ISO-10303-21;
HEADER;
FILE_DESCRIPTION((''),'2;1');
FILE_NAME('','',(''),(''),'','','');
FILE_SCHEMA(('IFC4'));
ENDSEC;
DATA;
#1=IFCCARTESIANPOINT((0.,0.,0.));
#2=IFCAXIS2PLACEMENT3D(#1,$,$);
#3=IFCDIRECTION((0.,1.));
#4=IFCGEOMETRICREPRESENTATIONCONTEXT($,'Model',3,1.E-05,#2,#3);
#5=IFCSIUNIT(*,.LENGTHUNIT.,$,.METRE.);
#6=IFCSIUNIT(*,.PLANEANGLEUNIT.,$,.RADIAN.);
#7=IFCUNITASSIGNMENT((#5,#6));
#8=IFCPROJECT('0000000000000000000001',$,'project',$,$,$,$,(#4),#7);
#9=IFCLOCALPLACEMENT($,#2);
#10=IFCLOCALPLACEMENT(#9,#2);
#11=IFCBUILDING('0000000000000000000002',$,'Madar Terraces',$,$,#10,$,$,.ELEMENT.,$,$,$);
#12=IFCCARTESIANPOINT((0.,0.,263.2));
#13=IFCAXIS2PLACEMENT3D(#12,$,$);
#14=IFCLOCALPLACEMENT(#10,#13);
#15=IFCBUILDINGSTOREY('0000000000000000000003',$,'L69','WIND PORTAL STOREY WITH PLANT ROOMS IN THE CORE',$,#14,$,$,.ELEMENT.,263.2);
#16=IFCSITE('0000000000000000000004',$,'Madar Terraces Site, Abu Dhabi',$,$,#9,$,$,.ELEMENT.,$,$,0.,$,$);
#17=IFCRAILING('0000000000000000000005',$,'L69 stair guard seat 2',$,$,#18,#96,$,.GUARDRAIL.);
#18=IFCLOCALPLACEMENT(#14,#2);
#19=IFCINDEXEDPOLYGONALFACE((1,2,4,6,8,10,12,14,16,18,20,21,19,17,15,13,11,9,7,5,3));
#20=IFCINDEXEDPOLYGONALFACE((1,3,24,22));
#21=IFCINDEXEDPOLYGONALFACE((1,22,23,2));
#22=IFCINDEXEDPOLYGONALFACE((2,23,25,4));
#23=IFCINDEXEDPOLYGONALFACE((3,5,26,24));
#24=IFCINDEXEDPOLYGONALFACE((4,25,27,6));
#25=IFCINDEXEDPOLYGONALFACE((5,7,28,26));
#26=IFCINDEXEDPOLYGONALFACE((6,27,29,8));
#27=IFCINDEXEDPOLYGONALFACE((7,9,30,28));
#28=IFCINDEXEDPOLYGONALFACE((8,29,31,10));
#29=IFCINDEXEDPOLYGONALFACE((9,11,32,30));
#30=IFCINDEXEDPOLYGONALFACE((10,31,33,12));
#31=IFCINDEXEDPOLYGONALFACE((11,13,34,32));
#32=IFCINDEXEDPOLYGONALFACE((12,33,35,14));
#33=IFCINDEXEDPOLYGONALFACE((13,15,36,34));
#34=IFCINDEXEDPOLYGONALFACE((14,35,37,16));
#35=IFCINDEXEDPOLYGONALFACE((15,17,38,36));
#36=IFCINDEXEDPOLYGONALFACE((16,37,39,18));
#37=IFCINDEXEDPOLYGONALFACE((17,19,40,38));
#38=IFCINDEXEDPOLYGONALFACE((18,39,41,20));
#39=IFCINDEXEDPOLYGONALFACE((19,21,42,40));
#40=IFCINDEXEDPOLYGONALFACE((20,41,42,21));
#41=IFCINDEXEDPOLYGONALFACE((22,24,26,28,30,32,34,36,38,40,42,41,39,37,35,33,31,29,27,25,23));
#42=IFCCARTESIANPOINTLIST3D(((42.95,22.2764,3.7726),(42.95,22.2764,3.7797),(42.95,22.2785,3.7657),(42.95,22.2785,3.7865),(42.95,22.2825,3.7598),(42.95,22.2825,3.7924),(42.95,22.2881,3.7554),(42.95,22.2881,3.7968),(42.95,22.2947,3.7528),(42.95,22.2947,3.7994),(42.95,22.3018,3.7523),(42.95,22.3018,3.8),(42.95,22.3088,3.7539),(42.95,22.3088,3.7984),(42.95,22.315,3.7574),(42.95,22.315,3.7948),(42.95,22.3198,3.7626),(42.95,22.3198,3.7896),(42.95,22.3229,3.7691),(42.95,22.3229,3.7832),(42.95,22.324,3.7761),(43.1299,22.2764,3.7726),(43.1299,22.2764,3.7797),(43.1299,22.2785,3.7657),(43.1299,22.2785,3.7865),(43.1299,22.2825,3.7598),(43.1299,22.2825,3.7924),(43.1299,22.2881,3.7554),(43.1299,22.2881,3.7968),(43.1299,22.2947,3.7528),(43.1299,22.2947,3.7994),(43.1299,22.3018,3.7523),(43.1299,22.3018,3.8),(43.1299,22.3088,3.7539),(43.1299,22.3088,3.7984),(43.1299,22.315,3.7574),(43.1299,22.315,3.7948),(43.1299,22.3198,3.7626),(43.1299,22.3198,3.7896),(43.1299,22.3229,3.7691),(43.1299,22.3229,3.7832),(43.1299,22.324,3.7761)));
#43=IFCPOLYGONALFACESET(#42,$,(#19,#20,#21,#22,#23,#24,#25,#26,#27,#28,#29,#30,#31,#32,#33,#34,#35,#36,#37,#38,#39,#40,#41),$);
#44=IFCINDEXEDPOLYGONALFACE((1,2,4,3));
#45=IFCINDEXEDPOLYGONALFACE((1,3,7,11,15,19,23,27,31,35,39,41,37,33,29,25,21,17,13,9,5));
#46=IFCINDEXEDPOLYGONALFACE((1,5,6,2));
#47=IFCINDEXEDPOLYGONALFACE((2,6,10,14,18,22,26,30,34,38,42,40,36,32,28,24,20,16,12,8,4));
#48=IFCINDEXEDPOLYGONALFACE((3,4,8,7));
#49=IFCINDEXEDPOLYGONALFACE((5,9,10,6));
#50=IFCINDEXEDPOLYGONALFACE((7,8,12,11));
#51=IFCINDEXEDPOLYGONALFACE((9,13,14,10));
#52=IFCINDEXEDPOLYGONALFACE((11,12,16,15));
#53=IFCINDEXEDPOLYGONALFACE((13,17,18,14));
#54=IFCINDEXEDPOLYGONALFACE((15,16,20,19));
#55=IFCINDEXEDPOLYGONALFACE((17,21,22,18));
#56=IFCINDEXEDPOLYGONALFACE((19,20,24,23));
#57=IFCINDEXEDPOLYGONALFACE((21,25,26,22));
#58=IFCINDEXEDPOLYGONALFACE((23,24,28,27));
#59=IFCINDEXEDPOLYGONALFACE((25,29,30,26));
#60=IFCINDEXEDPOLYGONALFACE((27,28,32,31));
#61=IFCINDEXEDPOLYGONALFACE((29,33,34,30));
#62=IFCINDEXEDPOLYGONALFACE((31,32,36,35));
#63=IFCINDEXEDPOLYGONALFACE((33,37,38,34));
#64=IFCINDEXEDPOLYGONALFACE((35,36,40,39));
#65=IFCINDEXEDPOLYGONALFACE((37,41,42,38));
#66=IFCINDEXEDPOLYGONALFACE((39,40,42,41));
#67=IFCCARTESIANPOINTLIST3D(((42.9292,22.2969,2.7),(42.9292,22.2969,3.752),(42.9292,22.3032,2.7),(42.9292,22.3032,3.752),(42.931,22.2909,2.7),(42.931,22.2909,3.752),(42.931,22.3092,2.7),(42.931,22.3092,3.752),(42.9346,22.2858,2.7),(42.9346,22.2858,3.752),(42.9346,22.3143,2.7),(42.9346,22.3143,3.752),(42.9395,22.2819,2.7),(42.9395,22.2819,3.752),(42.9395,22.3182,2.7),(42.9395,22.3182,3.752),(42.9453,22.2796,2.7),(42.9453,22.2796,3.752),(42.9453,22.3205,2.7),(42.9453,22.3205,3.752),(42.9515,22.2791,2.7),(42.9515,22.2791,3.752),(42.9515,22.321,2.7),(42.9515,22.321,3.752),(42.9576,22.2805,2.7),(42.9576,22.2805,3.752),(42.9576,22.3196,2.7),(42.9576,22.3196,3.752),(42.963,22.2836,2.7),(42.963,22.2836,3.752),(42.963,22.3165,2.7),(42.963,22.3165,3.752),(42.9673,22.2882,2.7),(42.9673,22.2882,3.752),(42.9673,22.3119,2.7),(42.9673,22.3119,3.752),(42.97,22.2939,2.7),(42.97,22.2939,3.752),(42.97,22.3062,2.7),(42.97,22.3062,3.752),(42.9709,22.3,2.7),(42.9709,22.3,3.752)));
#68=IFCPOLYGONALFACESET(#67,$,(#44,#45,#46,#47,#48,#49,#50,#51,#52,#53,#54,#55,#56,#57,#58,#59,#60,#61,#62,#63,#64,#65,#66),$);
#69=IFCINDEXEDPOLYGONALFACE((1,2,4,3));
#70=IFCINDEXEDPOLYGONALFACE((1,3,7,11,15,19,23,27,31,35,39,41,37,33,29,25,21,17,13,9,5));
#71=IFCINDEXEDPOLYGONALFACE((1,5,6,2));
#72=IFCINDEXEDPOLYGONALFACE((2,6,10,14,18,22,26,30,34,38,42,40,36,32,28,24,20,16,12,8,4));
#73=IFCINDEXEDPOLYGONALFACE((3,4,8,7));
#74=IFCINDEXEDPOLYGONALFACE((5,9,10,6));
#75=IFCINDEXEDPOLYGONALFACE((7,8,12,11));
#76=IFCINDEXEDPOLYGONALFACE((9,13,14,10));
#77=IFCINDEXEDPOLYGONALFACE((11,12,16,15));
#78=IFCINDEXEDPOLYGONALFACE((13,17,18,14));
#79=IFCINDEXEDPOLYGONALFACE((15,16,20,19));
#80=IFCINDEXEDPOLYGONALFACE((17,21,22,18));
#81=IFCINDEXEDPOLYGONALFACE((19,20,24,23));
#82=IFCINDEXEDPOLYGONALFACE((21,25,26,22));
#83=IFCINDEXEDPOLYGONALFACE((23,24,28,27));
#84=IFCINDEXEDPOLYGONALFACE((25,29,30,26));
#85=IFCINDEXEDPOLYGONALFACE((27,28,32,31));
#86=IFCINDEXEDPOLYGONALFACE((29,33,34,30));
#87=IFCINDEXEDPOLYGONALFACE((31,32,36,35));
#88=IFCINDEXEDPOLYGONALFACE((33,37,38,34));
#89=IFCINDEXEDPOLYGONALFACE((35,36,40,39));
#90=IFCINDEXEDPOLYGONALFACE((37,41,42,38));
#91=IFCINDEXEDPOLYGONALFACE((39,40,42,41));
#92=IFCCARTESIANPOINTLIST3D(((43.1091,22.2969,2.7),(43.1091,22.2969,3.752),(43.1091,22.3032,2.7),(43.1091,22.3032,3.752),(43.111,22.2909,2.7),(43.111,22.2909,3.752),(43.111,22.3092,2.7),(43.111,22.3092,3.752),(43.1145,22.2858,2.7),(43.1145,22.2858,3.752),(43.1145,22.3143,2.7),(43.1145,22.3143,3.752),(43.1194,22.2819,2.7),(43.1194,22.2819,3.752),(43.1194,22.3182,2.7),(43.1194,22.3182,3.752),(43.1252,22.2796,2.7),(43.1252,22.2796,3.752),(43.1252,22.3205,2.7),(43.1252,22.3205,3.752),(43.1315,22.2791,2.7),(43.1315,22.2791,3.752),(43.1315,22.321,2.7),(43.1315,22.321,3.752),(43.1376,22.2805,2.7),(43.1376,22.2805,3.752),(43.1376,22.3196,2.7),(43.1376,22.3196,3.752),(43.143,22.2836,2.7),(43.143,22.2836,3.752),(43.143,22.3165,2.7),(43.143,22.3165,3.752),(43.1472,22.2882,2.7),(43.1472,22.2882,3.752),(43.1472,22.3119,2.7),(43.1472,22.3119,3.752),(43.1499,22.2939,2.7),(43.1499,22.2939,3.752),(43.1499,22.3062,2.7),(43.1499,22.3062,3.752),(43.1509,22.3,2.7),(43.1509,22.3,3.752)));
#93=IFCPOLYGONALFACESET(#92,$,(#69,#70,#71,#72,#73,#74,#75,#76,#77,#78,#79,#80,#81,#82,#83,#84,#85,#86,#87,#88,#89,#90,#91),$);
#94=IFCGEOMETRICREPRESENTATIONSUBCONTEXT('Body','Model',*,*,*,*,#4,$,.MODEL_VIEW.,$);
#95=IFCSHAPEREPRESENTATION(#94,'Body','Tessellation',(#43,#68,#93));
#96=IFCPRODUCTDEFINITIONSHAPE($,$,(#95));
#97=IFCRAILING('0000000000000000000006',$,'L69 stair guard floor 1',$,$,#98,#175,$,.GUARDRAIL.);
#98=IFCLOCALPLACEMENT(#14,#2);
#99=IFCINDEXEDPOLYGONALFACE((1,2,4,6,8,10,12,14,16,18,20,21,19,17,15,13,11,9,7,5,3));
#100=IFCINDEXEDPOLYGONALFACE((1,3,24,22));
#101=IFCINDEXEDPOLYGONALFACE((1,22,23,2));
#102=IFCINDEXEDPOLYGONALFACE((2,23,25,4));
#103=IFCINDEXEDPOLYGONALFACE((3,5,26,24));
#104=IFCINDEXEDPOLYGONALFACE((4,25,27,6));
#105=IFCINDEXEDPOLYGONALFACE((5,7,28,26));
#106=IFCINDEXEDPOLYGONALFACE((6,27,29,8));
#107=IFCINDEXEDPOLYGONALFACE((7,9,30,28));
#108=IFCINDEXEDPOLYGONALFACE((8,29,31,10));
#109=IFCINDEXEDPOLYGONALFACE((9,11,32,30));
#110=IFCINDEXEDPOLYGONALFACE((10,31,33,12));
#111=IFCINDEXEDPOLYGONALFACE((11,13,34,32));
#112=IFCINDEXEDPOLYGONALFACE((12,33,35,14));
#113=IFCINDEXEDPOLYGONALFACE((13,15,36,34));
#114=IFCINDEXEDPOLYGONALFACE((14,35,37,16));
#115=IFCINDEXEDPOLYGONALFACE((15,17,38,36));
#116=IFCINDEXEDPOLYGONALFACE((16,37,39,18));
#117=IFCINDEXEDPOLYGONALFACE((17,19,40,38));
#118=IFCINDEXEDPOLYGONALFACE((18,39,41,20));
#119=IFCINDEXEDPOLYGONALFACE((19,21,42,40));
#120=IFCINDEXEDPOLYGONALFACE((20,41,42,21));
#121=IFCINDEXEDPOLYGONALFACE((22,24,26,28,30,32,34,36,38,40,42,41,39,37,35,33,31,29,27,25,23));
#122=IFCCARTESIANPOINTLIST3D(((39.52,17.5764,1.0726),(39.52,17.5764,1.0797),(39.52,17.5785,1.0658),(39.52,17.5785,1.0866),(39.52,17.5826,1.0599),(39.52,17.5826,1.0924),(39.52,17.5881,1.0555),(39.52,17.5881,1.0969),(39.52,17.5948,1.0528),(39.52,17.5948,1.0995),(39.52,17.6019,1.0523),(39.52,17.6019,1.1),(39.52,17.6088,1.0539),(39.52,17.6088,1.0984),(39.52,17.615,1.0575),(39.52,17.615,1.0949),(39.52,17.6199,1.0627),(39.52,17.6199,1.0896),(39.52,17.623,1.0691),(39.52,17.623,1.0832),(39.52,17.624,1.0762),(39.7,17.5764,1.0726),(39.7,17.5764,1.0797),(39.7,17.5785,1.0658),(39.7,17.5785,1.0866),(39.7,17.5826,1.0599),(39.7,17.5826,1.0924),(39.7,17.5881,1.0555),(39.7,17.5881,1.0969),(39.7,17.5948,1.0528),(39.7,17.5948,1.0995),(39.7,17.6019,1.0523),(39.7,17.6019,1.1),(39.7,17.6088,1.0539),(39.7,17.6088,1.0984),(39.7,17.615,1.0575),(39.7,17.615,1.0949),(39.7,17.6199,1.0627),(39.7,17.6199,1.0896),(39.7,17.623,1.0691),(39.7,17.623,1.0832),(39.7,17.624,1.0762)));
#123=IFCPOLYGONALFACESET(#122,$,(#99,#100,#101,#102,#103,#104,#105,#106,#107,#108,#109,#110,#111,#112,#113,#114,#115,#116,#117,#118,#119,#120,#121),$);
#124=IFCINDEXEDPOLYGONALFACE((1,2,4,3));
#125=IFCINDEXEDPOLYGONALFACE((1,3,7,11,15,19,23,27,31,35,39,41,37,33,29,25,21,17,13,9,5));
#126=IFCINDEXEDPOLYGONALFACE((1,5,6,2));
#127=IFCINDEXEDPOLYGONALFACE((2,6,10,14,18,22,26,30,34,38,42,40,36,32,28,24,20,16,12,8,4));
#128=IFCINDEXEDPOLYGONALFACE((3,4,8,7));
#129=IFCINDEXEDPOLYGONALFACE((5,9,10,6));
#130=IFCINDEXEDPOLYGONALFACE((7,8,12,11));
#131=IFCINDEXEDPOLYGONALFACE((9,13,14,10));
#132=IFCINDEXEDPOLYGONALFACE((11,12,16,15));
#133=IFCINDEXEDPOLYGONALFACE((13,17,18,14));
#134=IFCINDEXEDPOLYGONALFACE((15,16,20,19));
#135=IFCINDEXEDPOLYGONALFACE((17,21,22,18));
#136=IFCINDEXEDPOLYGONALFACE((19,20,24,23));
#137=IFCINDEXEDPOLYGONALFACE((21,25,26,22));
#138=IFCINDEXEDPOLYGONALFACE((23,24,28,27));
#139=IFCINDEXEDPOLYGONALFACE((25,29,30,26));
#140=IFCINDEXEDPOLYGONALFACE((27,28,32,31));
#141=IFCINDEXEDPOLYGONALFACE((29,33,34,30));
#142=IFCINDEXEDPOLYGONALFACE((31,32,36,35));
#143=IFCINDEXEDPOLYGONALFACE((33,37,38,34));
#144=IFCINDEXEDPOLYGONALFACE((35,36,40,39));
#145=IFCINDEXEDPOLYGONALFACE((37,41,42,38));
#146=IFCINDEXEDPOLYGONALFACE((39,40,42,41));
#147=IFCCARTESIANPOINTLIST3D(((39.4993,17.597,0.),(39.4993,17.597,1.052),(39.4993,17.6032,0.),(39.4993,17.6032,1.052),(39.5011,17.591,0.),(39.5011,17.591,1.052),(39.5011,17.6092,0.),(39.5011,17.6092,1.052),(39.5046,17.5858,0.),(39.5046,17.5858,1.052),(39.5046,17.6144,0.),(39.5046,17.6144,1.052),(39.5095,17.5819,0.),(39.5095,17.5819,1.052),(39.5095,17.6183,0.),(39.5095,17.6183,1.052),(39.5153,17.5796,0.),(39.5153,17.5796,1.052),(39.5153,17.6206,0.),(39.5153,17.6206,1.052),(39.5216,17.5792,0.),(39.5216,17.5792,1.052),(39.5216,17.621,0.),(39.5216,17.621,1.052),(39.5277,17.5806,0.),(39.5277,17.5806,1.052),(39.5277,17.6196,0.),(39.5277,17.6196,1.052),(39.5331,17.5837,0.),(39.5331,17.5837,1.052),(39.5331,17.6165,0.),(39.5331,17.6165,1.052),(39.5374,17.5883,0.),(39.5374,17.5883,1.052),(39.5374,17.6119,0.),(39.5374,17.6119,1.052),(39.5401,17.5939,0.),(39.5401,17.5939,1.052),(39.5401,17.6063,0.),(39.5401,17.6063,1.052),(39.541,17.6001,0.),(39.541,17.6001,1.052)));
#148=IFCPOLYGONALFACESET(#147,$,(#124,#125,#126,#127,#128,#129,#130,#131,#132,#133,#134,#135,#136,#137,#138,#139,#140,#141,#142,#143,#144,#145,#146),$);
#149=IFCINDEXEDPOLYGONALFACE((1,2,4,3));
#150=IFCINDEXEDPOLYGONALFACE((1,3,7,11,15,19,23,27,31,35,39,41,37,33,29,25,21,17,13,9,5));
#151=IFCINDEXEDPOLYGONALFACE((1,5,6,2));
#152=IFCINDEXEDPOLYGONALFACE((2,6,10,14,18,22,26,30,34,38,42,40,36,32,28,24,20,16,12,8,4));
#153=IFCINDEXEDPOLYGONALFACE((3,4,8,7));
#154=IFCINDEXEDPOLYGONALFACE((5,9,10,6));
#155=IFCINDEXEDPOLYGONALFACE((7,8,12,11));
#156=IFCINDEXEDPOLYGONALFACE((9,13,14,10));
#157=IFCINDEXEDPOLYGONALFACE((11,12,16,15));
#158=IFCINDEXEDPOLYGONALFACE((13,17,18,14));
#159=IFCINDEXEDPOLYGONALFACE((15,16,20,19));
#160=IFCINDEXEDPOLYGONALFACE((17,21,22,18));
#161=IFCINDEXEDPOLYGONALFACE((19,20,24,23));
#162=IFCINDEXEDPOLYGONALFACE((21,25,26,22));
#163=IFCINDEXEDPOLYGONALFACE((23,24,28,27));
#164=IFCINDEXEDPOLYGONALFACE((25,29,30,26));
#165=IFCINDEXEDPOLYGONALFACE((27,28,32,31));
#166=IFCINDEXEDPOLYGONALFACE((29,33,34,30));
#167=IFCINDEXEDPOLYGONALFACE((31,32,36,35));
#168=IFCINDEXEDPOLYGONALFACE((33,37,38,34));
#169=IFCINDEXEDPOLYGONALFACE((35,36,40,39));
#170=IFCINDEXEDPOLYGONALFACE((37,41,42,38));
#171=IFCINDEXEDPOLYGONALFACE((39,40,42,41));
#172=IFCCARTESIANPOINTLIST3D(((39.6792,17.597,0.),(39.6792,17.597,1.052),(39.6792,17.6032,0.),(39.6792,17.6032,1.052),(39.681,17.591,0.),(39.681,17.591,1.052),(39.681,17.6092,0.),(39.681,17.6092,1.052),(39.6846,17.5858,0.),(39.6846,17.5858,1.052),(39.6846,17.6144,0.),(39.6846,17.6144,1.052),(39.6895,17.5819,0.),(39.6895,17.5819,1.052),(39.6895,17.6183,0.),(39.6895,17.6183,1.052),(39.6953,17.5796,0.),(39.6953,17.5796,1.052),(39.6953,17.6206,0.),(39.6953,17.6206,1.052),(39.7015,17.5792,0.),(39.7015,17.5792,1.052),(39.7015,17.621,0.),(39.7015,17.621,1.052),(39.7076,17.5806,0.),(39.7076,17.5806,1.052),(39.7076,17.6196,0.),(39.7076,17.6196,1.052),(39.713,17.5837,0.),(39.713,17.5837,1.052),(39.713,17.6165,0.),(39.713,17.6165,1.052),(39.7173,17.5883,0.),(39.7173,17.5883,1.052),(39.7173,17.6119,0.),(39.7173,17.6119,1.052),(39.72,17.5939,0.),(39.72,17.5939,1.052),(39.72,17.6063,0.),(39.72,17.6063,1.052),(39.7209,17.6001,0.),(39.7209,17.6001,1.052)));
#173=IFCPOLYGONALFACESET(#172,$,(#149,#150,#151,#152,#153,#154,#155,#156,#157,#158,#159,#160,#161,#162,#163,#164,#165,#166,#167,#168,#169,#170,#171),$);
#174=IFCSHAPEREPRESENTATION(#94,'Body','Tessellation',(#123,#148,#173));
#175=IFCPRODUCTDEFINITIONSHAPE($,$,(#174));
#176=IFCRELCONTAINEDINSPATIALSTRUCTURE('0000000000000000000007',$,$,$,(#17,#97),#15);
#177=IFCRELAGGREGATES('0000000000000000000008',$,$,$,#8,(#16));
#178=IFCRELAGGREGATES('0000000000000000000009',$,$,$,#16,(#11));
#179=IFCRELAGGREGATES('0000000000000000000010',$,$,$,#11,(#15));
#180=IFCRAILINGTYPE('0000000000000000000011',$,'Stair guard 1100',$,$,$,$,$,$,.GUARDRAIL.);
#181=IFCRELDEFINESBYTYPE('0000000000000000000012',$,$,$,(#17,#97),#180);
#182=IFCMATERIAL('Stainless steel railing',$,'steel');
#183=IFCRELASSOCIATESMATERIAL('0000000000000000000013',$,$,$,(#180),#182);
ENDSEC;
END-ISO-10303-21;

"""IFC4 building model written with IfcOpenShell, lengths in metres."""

from ifc_helpers import new_model, si_unit, direction, frame, origin, origin_2d, place, context, subcontext, project, spatial, circle, extrude, material, type_object, element, save


model = new_model("IFC4")

# Units and contexts
model_context = context("Model", 3, precision=1e-05, world=origin(), true_north=direction((0.0, 1.0)))
body_context = subcontext(model_context, "Body", "Model", "MODEL_VIEW")
ifc_project = project(units=[si_unit("LENGTHUNIT", "METRE"), si_unit("PLANEANGLEUNIT", "RADIAN")], contexts=[model_context])

# Site, building, storey
site_placement = place(None, origin())
site = spatial("IfcSite", under=ifc_project, at=site_placement, Name="Madar Terraces Site, Abu Dhabi", CompositionType="ELEMENT", RefElevation=0.0)
building_placement = place(site_placement, origin())
building = spatial("IfcBuilding", under=site, at=building_placement, Name="Madar Terraces", CompositionType="ELEMENT")
storey_placement = place(building_placement, frame((0.0, 0.0, 263.2)))
storey = spatial("IfcBuildingStorey", under=building, at=storey_placement, Name="L69", Description="WIND PORTAL STOREY WITH PLANT ROOMS IN THE CORE", CompositionType="ELEMENT", Elevation=263.2)

# Railings
ifc_material_1 = material(Name="Stainless steel railing", Category="steel")
railing_type_1 = type_object("IfcRailingType", Name="Stair guard 1100", PredefinedType="GUARDRAIL", material=ifc_material_1)
for number, where, name in (
    (1, (42.95, 22.3, 2.7), "L69 stair guard seat 2"),
    (2, (39.52, 17.6001, 0.0), "L69 stair guard floor 1"),
):
    element("IfcRailing", number, at=place(storey_placement, frame(where)), inside=storey, type_object=railing_type_1, Name=name, PredefinedType="GUARDRAIL", context=body_context, shape_type="SweptSolid", body=[
        extrude(circle(Radius=0.0239, at=origin_2d()), frame((0.0, 0.0, 1.0762), z_axis=(1.0, 0.0, 0.0), x_axis=(0.0, 1.0, 0.0)), (0.0, 0.0, 1.0), 0.1799),
        extrude(circle(Radius=0.021, at=origin_2d()), origin(), (0.0, 0.0, 1.0), 1.052),
        extrude(circle(Radius=0.021, at=origin_2d()), frame((0.1799, 0.0, 0.0)), (0.0, 0.0, 1.0), 1.052),
    ])

save(model, "model.ifc")
